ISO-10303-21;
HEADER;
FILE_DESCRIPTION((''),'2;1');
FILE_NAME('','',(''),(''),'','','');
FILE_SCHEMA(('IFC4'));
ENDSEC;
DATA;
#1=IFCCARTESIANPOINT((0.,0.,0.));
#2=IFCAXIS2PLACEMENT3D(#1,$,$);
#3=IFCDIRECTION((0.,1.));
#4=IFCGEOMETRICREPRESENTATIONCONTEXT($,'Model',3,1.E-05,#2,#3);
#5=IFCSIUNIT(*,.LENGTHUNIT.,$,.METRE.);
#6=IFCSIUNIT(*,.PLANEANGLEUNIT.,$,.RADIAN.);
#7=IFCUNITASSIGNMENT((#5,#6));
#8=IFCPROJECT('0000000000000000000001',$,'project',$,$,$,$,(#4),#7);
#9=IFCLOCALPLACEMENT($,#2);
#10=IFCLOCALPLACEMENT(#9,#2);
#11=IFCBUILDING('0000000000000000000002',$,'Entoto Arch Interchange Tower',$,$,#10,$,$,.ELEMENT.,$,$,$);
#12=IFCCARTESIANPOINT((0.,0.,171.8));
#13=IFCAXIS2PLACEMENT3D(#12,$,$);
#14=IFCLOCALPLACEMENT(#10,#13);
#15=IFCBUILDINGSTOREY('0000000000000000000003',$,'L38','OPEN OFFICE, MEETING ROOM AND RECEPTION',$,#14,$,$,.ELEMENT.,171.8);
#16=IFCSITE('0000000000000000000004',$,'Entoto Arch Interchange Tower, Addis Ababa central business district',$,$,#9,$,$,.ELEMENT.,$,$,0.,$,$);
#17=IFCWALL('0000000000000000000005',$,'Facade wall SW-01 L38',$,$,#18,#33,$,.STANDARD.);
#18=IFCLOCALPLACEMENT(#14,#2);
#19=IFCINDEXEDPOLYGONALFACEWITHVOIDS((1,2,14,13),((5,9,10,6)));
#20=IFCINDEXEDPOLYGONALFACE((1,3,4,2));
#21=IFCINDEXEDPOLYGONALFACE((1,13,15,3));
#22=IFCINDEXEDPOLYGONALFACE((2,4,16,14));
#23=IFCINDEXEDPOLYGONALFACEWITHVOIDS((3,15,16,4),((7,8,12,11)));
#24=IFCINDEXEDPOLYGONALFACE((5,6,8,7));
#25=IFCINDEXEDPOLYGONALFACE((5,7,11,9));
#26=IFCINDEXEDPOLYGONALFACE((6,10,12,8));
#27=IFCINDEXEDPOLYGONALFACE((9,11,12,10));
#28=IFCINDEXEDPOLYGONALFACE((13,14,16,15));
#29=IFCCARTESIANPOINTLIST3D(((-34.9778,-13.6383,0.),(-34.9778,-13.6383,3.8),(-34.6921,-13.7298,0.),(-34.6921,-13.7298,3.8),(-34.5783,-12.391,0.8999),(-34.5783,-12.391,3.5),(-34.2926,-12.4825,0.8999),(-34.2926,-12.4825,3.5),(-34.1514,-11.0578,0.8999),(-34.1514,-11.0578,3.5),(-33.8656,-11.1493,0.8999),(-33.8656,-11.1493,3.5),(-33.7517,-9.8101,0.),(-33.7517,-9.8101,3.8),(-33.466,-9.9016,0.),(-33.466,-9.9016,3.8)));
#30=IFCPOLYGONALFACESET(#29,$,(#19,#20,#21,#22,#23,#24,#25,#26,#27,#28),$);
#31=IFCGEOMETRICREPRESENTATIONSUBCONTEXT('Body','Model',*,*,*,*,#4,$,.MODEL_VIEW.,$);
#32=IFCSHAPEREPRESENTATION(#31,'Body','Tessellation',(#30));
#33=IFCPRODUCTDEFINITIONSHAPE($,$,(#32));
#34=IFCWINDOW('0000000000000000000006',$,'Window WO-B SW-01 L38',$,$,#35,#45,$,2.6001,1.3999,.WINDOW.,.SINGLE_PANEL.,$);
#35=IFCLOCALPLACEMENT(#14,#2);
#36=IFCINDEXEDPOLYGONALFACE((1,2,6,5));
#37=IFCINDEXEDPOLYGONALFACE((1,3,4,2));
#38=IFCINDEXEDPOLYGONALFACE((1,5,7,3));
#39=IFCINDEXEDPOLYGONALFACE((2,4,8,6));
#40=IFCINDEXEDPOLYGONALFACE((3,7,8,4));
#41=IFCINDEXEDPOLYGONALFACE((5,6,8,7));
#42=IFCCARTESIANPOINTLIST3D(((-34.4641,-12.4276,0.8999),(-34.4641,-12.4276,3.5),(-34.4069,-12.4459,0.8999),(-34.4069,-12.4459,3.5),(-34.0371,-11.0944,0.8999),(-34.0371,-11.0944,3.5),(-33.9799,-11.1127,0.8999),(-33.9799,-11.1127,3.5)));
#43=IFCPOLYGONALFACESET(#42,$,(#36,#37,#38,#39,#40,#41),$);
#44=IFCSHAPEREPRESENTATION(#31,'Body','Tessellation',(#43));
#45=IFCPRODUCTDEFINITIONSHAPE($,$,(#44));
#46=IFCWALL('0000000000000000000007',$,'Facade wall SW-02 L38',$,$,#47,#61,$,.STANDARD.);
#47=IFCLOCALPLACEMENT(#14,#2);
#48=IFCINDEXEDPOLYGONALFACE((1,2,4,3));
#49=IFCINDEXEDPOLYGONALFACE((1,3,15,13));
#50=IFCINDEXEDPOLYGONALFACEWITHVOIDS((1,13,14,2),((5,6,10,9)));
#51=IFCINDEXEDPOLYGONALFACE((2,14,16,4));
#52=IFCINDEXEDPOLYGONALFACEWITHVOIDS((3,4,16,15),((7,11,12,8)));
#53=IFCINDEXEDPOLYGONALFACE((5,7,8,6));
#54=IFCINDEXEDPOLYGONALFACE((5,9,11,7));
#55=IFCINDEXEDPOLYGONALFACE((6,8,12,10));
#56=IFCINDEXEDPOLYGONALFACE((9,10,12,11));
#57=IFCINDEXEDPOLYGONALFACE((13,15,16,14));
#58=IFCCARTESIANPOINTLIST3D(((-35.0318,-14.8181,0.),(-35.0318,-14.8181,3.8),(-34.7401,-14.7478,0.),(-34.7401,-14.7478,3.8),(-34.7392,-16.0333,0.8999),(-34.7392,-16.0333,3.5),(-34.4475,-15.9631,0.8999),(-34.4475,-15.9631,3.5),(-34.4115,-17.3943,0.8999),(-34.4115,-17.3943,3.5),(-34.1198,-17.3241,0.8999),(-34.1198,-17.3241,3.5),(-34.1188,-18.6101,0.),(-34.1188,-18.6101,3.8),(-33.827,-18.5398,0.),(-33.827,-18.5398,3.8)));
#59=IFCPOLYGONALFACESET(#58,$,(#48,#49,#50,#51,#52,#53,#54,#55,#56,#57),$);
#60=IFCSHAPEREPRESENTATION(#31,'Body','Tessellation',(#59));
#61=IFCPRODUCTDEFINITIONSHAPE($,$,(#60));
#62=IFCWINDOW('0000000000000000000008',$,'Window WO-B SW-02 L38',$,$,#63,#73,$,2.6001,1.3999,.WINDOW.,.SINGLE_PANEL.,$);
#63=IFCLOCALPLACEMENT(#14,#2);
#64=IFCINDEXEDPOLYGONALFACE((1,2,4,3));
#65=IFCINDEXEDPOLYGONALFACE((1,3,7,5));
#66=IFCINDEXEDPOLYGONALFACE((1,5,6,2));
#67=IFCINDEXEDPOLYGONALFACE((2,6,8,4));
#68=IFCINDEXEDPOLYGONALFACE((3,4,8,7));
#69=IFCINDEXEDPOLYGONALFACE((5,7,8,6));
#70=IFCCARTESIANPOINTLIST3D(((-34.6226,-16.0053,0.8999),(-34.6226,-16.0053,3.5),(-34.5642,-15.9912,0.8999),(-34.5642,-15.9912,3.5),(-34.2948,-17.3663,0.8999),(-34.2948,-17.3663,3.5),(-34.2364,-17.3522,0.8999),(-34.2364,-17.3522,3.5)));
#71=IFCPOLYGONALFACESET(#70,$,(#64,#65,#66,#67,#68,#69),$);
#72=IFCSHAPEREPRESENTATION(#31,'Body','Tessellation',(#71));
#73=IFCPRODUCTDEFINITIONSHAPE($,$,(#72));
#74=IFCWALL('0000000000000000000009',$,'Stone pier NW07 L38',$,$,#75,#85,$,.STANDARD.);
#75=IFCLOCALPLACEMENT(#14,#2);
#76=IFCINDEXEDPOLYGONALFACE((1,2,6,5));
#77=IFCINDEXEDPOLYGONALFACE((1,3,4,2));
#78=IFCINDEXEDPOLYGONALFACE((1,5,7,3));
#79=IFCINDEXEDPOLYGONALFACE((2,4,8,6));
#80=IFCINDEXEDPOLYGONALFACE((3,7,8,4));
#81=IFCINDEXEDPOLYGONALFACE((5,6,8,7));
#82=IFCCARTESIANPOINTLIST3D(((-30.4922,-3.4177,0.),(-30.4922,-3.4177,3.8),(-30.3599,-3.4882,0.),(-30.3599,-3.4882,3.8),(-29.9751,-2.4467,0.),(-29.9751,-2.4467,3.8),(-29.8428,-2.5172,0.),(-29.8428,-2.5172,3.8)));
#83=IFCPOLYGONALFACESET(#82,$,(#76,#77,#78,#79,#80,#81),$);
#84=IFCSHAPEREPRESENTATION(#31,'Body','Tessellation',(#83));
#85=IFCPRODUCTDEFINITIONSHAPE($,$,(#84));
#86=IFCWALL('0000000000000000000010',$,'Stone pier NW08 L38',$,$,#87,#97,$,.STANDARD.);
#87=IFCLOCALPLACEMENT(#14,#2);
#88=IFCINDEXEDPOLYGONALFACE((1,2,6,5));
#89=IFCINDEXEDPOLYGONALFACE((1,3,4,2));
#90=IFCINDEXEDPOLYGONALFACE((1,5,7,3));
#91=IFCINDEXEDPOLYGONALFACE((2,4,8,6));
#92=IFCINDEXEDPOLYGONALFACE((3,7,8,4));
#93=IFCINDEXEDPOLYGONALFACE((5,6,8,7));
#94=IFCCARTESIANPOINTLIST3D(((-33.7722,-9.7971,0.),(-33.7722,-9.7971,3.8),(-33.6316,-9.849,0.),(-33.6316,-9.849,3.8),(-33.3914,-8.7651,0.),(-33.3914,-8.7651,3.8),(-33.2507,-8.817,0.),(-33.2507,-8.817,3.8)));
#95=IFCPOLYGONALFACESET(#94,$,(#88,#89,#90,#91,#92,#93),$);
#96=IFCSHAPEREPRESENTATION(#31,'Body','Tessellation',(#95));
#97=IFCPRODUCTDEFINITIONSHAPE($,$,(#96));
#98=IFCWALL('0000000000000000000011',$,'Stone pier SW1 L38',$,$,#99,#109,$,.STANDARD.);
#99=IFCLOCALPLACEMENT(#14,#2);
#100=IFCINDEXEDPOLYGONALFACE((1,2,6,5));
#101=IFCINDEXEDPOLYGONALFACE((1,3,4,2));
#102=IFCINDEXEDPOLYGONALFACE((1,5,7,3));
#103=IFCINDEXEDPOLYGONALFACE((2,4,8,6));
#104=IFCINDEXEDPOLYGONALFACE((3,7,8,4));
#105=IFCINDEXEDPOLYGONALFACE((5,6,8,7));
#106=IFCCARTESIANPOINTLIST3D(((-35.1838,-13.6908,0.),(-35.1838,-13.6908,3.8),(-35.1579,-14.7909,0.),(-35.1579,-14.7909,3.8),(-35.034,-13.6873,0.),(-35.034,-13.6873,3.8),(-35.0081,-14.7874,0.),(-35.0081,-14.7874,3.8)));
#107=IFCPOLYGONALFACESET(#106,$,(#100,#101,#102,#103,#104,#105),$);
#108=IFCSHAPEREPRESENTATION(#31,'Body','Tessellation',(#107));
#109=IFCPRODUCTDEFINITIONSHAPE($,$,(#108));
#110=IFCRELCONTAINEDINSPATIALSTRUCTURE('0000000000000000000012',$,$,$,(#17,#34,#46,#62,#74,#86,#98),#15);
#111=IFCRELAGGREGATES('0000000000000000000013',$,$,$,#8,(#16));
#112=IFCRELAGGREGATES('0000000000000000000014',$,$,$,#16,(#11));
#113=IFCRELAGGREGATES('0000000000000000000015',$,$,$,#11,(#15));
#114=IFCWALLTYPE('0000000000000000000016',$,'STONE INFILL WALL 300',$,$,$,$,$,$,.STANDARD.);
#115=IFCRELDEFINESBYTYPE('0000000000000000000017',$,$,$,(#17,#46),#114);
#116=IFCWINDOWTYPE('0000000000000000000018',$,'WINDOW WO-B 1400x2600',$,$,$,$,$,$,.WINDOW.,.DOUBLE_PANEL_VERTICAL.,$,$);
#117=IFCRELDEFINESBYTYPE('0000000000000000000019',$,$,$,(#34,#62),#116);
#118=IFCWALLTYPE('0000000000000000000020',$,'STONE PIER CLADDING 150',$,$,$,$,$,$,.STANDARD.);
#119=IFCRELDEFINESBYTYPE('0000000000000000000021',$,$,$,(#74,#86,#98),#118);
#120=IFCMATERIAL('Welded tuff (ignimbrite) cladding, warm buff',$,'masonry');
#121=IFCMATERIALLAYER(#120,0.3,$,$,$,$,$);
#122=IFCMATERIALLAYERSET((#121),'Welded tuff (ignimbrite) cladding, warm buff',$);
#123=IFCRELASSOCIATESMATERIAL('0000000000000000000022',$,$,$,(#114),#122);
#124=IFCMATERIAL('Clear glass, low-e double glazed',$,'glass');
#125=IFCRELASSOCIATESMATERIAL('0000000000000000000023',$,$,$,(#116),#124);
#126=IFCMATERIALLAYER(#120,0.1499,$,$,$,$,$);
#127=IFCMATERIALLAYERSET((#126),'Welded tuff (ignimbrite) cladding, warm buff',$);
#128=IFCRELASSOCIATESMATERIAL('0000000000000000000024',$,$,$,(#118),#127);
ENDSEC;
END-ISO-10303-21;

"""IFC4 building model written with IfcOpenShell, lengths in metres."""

from ifc_helpers import new_model, si_unit, direction, frame, frame_2d, origin, place, context, subcontext, project, spatial, rectangle, extrude, material, layer, layer_set, type_object, element, fill, save


model = new_model("IFC4")

# Units and contexts
model_context = context("Model", 3, precision=1e-05, world=origin(), true_north=direction((0.0, 1.0)))
body_context = subcontext(model_context, "Body", "Model", "MODEL_VIEW")
ifc_project = project(units=[si_unit("LENGTHUNIT", "METRE"), si_unit("PLANEANGLEUNIT", "RADIAN")], contexts=[model_context])

# Site, building, storey
site_placement = place(None, origin())
site = spatial("IfcSite", under=ifc_project, at=site_placement, Name="Entoto Arch Interchange Tower, Addis Ababa central business district", CompositionType="ELEMENT", RefElevation=0.0)
building_placement = place(site_placement, origin())
building = spatial("IfcBuilding", under=site, at=building_placement, Name="Entoto Arch Interchange Tower", CompositionType="ELEMENT")
storey_placement = place(building_placement, frame((0.0, 0.0, 171.8)))
storey = spatial("IfcBuildingStorey", under=building, at=storey_placement, Name="L38", Description="OPEN OFFICE, MEETING ROOM AND RECEPTION", CompositionType="ELEMENT", Elevation=171.8)

# Shared definitions
ifc_material_1 = material(Name="Welded tuff (ignimbrite) cladding, warm buff", Category="masonry")
ifc_layer_1 = layer(ifc_material_1, 0.3)
ifc_layer_set_1 = layer_set([ifc_layer_1], Name="Welded tuff (ignimbrite) cladding, warm buff")
wall_type_1 = type_object("IfcWallType", Name="STONE INFILL WALL 300", PredefinedType="STANDARD", material=ifc_layer_set_1)
ifc_material_2 = material(Name="Clear glass, low-e double glazed", Category="glass")

# Walls, openings, windows
wall_1_placement = place(storey_placement, frame((-33.6089, -9.856, 0.0), z_axis=(0.0, 0.0, 1.0), x_axis=(-0.305018, -0.952347, 0.0)))
wall_1 = element("IfcWall", 1, at=wall_1_placement, inside=storey, type_object=wall_type_1, Name="Facade wall SW-01 L38", PredefinedType="STANDARD", context=body_context, shape_type="SweptSolid", body=[
    extrude(rectangle(XDim=4.0198, YDim=0.3, at=frame_2d((2.0098, 0.0))), origin(), (0.0, 0.0, 1.0), 3.8),
])
opening_1_placement = place(wall_1_placement, frame((1.3101, 0.0, 0.8999)))
opening_1 = element("IfcOpeningElement", 2, at=opening_1_placement, cuts=wall_1, PredefinedType="OPENING", context=body_context, shape_type="SweptSolid", body=[
    extrude(rectangle(XDim=1.3999, YDim=2.6001, at=frame_2d((0.7, 1.3))), frame((0.0, 0.1602, 0.0), z_axis=(0.0, -1.0, 0.0), x_axis=(1.0, 0.0, 0.0)), (0.0, 0.0, 1.0), 0.3201),
])
window_type_1 = type_object("IfcWindowType", Name="WINDOW WO-B 1400x2600", PartitioningType="DOUBLE_PANEL_VERTICAL", PredefinedType="WINDOW", material=ifc_material_2)
window_1_placement = place(opening_1_placement, origin())
window_1 = element("IfcWindow", 3, at=window_1_placement, inside=storey, type_object=window_type_1, Name="Window WO-B SW-01 L38", OverallHeight=2.6001, OverallWidth=1.3999, PartitioningType="SINGLE_PANEL", PredefinedType="WINDOW", context=body_context, shape_type="SweptSolid", body=[
    extrude(rectangle(XDim=1.3999, YDim=2.6001, at=frame_2d((0.7, 1.3))), frame((0.0, 0.03, 0.0), z_axis=(0.0, -1.0, 0.0), x_axis=(1.0, 0.0, 0.0)), (0.0, 0.0, 1.0), 0.0601),
])
fill(opening_1, window_1)
wall_2_placement = place(storey_placement, frame((-34.886, -14.783, 0.0), z_axis=(0.0, 0.0, 1.0), x_axis=(0.234102, -0.972212, 0.0)))
wall_2 = element("IfcWall", 4, at=wall_2_placement, inside=storey, type_object=wall_type_1, Name="Facade wall SW-02 L38", PredefinedType="STANDARD", context=body_context, shape_type="SweptSolid", body=[
    extrude(rectangle(XDim=3.9004, YDim=0.3, at=frame_2d((1.9502, 0.0))), origin(), (0.0, 0.0, 1.0), 3.8),
])
opening_2_placement = place(wall_2_placement, frame((1.25, 0.0, 0.8999)))
opening_2 = element("IfcOpeningElement", 5, at=opening_2_placement, cuts=wall_2, PredefinedType="OPENING", context=body_context, shape_type="SweptSolid", body=[
    extrude(rectangle(XDim=1.3999, YDim=2.6001, at=frame_2d((0.7, 1.3))), frame((0.0, 0.1602, 0.0), z_axis=(0.0, -1.0, 0.0), x_axis=(1.0, 0.0, 0.0)), (0.0, 0.0, 1.0), 0.3201),
])
window_2_placement = place(opening_2_placement, origin())
window_2 = element("IfcWindow", 6, at=window_2_placement, inside=storey, type_object=window_type_1, Name="Window WO-B SW-02 L38", OverallHeight=2.6001, OverallWidth=1.3999, PartitioningType="SINGLE_PANEL", PredefinedType="WINDOW", context=body_context, shape_type="SweptSolid", body=[
    extrude(rectangle(XDim=1.3999, YDim=2.6001, at=frame_2d((0.7, 1.3))), frame((0.0, 0.03, 0.0), z_axis=(0.0, -1.0, 0.0), x_axis=(1.0, 0.0, 0.0)), (0.0, 0.0, 1.0), 0.0601),
])
fill(opening_2, window_2)

# Walls
ifc_layer_2 = layer(ifc_material_1, 0.1499)
ifc_layer_set_2 = layer_set([ifc_layer_2], Name="Welded tuff (ignimbrite) cladding, warm buff")
wall_type_2 = type_object("IfcWallType", Name="STONE PIER CLADDING 150", PredefinedType="STANDARD", material=ifc_layer_set_2)
for number, where, z_axis, x_axis, name in (
    (7, (-29.9089, -2.4819, 0.0), (0.0, 0.0, 1.0), (-0.470058, -0.882635, 0.0), "Stone pier NW07 L38"),
    (8, (-33.321, -8.791, 0.0), (0.0, 0.0, 1.0), (-0.34623, -0.93815, 0.0), "Stone pier NW08 L38"),
):
    element("IfcWall", number, at=place(storey_placement, frame(where, z_axis=z_axis, x_axis=x_axis)), inside=storey, type_object=wall_type_2, Name=name, PredefinedType="STANDARD", context=body_context, shape_type="SweptSolid", body=[
        extrude(rectangle(XDim=1.1001, YDim=0.1499, at=frame_2d((0.55, 0.0))), origin(), (0.0, 0.0, 1.0), 3.8),
    ])
wall_3_placement = place(storey_placement, frame((-35.1089, -13.689, 0.0), z_axis=(0.0, 0.0, 1.0), x_axis=(0.023518, -0.999723, 0.0)))
element("IfcWall", 9, at=wall_3_placement, inside=storey, type_object=wall_type_2, Name="Stone pier SW1 L38", PredefinedType="STANDARD", context=body_context, shape_type="SweptSolid", body=[
    extrude(rectangle(XDim=1.1003, YDim=0.1499, at=frame_2d((0.5503, 0.0))), origin(), (0.0, 0.0, 1.0), 3.8),
])

save(model, "model.ifc")
